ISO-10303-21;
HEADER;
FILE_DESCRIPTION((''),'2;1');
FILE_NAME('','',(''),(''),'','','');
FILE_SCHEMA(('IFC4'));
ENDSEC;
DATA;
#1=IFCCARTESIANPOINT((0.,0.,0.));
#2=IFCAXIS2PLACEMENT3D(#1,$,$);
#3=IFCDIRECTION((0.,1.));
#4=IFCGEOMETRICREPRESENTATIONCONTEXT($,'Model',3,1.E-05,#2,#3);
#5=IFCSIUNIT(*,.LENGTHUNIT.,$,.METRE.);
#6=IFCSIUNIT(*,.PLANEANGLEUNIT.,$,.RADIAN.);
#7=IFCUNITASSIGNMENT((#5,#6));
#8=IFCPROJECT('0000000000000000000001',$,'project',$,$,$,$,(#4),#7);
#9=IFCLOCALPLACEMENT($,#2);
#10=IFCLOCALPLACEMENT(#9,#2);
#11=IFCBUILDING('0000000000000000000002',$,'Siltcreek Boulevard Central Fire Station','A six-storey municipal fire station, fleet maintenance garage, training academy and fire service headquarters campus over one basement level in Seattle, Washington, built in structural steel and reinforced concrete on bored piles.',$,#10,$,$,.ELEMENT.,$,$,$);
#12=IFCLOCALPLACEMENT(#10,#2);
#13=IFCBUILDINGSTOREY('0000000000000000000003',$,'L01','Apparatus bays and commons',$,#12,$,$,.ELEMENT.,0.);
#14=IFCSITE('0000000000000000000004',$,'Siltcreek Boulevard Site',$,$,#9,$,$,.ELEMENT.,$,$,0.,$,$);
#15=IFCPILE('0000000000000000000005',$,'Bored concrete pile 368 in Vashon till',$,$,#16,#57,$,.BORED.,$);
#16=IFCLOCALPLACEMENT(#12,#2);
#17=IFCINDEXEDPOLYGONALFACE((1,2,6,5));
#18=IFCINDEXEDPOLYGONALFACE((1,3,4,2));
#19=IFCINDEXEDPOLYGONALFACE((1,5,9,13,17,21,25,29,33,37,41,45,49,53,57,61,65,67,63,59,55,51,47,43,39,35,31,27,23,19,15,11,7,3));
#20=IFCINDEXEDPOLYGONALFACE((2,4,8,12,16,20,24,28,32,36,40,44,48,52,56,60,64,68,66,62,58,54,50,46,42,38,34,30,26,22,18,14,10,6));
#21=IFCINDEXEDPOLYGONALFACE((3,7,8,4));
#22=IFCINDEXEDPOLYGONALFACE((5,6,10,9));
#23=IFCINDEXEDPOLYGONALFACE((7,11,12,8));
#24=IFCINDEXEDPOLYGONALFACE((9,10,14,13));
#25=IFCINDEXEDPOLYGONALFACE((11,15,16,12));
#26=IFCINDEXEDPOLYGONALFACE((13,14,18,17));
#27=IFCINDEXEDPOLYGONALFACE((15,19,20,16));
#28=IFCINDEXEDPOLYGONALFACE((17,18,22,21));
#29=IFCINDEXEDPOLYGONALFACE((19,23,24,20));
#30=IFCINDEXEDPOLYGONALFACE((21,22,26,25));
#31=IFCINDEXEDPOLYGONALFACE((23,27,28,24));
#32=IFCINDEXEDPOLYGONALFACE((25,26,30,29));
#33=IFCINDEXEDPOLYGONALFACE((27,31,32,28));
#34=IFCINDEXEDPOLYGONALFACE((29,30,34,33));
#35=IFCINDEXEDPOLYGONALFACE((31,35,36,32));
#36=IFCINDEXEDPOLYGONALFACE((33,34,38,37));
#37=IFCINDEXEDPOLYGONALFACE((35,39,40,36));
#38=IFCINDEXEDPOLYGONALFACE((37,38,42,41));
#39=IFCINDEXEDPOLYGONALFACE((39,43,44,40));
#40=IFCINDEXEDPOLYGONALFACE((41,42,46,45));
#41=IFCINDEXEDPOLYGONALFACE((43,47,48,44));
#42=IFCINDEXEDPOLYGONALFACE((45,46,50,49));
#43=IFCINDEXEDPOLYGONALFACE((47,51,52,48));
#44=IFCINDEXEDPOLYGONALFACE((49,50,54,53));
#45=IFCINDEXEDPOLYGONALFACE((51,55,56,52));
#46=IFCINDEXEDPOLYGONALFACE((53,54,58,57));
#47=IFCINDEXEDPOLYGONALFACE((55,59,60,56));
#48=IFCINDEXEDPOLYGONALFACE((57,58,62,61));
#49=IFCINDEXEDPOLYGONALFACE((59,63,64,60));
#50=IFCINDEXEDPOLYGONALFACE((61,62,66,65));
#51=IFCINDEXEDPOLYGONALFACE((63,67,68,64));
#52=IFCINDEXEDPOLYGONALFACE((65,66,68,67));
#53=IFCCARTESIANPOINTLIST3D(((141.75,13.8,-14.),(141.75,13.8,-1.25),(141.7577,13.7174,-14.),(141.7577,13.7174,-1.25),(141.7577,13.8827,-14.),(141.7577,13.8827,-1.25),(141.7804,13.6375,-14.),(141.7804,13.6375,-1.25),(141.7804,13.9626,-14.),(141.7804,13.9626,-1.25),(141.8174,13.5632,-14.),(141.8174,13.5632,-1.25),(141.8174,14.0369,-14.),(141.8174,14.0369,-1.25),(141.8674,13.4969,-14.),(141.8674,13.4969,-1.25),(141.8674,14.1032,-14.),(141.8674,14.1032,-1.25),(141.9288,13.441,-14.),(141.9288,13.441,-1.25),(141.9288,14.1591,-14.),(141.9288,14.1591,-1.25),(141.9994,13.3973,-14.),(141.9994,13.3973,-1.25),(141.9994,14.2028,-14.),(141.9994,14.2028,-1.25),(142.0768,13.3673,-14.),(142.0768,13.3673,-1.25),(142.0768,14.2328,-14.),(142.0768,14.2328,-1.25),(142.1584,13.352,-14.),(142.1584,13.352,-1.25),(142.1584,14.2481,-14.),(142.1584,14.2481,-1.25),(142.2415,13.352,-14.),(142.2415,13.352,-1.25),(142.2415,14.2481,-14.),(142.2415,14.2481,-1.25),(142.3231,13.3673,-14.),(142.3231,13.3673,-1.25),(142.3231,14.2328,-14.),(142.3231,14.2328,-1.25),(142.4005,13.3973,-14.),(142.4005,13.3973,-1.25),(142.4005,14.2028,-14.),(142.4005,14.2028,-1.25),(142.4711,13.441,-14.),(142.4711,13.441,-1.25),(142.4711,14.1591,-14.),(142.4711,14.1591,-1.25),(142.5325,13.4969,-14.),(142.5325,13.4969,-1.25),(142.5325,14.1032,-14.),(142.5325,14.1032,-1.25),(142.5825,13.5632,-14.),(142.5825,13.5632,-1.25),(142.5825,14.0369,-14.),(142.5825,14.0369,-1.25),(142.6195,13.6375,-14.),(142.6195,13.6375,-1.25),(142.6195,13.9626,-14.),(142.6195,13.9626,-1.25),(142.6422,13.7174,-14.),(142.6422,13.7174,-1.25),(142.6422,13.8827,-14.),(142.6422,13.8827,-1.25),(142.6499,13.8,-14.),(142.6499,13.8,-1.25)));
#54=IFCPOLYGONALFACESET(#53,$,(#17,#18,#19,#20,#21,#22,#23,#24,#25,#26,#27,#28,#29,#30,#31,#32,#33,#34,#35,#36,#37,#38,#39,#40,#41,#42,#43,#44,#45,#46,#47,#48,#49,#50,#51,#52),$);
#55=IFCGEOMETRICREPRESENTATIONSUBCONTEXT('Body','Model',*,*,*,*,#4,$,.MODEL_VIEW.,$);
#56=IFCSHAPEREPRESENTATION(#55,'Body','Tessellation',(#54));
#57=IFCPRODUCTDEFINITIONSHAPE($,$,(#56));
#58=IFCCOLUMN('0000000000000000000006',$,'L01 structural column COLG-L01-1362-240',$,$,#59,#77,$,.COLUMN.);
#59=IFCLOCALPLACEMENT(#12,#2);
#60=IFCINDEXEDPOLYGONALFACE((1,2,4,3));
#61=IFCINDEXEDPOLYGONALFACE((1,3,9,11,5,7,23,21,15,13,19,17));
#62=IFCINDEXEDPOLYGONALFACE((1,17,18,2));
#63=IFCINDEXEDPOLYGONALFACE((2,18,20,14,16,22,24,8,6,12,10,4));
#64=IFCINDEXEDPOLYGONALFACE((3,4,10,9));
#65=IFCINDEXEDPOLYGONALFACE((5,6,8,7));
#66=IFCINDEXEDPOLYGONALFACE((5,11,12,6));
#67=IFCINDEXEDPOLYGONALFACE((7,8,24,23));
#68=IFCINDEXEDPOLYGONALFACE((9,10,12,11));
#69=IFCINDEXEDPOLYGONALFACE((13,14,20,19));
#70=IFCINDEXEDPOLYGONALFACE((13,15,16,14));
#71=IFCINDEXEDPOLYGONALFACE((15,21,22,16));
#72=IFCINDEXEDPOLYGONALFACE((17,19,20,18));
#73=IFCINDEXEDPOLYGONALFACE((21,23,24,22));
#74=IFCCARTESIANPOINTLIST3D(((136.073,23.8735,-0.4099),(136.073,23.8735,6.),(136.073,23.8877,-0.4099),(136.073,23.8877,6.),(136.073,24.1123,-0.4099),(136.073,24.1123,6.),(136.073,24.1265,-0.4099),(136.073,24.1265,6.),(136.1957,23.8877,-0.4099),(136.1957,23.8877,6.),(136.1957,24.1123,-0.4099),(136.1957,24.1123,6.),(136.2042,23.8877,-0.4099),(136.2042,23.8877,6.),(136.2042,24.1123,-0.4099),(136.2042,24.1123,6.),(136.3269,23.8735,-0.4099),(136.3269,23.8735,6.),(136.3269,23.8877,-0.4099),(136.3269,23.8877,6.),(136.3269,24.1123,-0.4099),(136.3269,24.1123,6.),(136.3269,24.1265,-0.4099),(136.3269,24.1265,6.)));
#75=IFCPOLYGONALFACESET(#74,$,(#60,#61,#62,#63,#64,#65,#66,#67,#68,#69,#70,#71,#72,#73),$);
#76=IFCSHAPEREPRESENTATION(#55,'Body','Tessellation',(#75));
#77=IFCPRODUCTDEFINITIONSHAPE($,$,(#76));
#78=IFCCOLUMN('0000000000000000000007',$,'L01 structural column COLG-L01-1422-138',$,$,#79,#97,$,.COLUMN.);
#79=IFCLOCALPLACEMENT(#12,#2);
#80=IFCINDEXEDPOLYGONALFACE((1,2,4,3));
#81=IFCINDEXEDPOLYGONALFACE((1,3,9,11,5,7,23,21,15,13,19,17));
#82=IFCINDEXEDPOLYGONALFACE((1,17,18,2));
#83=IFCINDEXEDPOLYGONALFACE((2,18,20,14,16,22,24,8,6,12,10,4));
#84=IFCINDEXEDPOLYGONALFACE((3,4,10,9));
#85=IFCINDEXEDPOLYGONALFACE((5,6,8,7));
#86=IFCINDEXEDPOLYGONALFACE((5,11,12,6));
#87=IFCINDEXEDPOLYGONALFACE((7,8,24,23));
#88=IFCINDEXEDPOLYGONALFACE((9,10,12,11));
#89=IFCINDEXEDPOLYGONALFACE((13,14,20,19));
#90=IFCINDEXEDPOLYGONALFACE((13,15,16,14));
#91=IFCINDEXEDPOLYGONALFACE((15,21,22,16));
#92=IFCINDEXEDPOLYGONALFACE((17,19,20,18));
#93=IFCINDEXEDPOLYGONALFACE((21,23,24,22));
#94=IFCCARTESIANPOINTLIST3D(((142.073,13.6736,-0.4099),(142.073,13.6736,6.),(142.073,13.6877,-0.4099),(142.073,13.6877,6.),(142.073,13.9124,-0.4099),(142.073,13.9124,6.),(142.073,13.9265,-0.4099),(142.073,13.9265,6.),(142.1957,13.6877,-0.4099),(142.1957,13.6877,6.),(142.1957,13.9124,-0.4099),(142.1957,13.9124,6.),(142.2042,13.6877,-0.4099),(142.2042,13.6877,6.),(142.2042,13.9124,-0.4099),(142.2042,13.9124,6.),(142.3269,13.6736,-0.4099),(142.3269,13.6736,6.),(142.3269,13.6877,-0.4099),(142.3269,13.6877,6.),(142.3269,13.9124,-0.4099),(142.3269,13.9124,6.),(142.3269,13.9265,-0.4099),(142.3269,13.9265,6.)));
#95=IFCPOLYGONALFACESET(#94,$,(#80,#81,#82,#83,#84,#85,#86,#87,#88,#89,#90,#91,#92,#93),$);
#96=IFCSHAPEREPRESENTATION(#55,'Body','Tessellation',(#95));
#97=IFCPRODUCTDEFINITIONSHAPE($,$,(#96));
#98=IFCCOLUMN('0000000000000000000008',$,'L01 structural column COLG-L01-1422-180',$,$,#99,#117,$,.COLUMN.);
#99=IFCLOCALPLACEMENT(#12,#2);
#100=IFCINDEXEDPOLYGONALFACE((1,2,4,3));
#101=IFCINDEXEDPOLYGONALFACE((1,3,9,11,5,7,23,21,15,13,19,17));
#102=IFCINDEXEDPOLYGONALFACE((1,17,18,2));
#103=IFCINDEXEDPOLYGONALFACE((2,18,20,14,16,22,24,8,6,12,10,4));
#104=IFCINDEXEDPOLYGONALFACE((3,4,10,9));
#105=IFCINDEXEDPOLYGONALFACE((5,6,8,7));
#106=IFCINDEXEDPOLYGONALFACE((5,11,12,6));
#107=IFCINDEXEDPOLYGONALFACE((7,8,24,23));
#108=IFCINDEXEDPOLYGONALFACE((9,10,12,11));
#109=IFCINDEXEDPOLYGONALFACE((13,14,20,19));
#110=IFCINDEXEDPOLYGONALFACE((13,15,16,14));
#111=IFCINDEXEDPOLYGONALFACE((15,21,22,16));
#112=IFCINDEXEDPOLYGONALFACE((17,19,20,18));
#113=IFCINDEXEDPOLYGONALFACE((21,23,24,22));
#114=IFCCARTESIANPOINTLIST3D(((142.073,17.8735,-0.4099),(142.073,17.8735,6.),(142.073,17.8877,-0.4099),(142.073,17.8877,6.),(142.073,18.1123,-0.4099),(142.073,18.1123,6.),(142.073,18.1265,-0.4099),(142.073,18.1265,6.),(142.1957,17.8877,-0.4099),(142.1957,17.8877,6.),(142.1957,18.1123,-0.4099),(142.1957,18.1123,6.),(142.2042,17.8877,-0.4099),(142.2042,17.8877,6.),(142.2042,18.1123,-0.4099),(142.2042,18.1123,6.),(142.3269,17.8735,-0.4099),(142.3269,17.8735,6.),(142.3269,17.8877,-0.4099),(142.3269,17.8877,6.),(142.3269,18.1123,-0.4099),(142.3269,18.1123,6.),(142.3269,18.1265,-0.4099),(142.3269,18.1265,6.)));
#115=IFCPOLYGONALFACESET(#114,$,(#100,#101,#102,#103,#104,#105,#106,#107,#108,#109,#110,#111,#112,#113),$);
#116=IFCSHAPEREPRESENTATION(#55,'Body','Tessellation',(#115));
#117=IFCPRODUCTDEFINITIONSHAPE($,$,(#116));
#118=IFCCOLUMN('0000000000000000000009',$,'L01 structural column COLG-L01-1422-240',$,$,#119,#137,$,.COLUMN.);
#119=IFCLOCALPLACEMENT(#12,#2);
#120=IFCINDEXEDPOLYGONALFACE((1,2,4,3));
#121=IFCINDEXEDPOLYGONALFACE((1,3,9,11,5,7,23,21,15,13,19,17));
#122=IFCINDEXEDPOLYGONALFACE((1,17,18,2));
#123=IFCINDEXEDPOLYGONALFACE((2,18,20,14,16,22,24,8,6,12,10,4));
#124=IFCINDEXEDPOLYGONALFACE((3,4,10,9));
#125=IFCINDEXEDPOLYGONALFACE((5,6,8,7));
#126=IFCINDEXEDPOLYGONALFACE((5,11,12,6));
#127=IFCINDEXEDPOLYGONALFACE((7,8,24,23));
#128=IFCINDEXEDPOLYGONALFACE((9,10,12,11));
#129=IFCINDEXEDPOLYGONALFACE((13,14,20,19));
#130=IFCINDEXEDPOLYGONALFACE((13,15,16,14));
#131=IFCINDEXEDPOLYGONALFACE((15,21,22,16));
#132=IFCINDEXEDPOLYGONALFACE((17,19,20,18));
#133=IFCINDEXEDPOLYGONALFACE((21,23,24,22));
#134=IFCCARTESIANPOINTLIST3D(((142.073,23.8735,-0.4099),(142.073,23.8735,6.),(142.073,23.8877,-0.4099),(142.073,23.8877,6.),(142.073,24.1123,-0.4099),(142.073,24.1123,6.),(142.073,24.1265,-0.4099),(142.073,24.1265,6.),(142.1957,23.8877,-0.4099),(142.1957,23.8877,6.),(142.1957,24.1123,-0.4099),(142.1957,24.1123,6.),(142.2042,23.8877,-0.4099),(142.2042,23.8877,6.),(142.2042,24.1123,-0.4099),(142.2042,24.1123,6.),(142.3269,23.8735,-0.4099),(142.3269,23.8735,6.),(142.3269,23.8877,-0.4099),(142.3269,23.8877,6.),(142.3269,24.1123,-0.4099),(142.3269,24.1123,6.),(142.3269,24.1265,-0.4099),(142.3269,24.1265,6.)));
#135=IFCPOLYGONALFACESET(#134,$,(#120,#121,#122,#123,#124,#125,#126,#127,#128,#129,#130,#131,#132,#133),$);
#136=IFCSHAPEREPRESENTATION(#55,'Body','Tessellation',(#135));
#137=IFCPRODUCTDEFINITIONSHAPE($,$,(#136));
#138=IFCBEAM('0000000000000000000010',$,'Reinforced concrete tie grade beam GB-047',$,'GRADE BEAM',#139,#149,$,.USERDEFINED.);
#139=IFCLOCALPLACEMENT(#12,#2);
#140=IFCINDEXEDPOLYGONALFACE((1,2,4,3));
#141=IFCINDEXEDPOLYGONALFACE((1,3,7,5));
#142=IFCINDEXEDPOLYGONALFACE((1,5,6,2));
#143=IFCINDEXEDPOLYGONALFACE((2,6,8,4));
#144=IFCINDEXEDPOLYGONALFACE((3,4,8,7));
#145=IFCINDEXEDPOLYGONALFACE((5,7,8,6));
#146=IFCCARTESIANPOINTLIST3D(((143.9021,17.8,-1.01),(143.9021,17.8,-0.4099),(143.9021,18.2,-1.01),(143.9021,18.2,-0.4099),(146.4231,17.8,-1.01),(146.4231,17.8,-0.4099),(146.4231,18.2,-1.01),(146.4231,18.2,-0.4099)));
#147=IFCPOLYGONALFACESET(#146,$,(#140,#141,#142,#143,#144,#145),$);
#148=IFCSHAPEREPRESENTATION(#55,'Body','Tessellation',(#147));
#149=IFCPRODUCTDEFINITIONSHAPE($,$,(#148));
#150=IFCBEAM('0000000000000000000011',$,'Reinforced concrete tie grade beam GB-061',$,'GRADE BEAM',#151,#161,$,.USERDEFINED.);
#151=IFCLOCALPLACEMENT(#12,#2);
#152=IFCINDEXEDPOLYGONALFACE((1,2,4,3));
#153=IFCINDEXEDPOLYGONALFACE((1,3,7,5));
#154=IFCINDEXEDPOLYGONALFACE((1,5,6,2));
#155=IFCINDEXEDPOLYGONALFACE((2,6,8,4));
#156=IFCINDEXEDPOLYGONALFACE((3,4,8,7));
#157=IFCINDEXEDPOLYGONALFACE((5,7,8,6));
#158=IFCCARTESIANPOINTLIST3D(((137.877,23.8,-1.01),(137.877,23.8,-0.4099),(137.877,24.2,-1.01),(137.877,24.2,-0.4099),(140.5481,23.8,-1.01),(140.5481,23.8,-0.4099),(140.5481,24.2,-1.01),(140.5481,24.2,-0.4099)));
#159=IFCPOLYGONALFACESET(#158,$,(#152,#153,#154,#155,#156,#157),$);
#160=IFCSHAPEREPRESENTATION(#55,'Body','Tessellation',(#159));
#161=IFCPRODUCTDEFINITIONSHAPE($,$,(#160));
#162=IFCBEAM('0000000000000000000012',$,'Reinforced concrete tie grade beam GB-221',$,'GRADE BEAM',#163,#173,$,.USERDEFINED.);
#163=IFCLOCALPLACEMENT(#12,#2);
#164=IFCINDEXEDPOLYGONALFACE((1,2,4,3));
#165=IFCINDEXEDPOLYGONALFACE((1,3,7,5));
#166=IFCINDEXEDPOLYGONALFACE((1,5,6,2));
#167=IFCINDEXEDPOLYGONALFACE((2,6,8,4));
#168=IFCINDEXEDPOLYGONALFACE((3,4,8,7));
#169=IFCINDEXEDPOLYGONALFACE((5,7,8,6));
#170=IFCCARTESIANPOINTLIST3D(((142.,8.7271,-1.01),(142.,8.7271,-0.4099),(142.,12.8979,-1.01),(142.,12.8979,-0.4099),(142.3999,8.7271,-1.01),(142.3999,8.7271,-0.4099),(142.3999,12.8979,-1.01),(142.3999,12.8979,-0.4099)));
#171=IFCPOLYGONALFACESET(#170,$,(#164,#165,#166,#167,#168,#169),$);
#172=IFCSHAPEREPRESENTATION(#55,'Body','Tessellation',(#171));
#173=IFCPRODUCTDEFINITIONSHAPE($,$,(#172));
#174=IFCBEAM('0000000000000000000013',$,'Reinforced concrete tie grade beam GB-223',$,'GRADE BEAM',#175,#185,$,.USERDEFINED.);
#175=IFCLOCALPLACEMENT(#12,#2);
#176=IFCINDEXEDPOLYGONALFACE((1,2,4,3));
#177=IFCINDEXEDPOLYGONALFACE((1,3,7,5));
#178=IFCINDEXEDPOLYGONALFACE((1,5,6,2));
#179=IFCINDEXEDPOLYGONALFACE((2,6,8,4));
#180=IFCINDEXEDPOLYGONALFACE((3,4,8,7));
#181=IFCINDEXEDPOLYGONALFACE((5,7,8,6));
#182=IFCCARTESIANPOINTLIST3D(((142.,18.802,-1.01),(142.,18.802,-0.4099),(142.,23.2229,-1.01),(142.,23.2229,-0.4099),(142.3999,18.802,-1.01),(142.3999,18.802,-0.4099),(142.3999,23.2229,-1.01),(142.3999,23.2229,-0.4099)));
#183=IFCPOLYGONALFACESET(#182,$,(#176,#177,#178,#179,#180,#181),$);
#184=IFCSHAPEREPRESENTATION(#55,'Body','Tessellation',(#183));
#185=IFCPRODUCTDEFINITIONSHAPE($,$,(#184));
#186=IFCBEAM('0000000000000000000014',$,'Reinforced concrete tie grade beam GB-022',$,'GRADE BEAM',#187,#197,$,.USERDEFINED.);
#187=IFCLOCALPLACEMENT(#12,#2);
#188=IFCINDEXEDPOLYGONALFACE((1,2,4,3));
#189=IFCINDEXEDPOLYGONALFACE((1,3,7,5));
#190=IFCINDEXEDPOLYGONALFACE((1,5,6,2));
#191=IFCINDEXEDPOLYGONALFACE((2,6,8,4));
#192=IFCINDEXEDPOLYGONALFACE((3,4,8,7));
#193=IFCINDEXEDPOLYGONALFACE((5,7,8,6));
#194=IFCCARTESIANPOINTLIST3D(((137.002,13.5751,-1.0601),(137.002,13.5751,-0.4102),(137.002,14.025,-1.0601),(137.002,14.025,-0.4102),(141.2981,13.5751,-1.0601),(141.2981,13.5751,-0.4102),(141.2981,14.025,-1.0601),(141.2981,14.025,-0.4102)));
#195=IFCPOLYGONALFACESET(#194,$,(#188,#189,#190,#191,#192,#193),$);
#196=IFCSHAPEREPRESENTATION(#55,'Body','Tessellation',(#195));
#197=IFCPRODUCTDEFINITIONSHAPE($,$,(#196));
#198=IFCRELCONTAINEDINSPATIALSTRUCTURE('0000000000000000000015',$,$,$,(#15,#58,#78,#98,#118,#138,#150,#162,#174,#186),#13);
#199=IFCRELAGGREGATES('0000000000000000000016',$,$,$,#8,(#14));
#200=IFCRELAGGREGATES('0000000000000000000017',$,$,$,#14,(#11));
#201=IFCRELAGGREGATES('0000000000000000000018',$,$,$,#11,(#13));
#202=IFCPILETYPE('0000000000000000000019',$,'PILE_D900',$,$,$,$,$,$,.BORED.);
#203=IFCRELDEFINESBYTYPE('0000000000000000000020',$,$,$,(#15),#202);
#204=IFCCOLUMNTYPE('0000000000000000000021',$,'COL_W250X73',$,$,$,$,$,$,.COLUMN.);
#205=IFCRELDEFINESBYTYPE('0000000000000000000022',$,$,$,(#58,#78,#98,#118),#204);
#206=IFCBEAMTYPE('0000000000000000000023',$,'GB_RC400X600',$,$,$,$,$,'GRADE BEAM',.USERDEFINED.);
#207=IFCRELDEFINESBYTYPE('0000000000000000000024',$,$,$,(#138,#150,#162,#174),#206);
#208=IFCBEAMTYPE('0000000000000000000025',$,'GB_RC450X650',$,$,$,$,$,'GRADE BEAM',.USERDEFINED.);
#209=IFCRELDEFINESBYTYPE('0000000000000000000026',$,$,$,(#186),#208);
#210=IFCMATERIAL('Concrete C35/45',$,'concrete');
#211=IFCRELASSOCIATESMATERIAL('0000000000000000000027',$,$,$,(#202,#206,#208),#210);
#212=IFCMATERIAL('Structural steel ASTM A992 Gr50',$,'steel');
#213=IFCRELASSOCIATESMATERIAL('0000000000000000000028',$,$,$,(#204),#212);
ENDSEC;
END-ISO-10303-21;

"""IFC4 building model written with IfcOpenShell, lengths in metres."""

from ifc_helpers import new_model, si_unit, direction, frame, origin, origin_2d, place, context, subcontext, project, spatial, rectangle, circle, i_section, extrude, material, material_profile, profile_set, type_object, element, save


model = new_model("IFC4")

# Units and contexts
model_context = context("Model", 3, precision=1e-05, world=origin(), true_north=direction((0.0, 1.0)))
body_context = subcontext(model_context, "Body", "Model", "MODEL_VIEW")
ifc_project = project(units=[si_unit("LENGTHUNIT", "METRE"), si_unit("PLANEANGLEUNIT", "RADIAN")], contexts=[model_context])

# Site, building, storey
site_placement = place(None, origin())
site = spatial("IfcSite", under=ifc_project, at=site_placement, Name="Siltcreek Boulevard Site", CompositionType="ELEMENT", RefElevation=0.0)
building_placement = place(site_placement, origin())
building = spatial("IfcBuilding", under=site, at=building_placement, Name="Siltcreek Boulevard Central Fire Station", Description="A six-storey municipal fire station, fleet maintenance garage, training academy and fire service headquarters campus over one basement level in Seattle, Washington, built in structural steel and reinforced concrete on bored piles.", CompositionType="ELEMENT")
storey_placement = place(building_placement, origin())
storey = spatial("IfcBuildingStorey", under=building, at=storey_placement, Name="L01", Description="Apparatus bays and commons", CompositionType="ELEMENT", Elevation=0.0)

# Shared definitions
ifc_material_1 = material(Name="Concrete C35/45", Category="concrete")

# Pile
ifc_material_profile_1 = material_profile(ifc_material_1, circle(Radius=0.45, at=origin_2d()), Name="SHAFT900")
ifc_profile_set_1 = profile_set([ifc_material_profile_1], Name="Concrete C35/45")
pile_type_1 = type_object("IfcPileType", Name="PILE_D900", PredefinedType="BORED", material=ifc_profile_set_1)
pile_1_placement = place(storey_placement, frame((142.2, 13.8, -1.25), z_axis=(0.0, 0.0, -1.0), x_axis=(1.0, 0.0, 0.0)))
element("IfcPile", 1, at=pile_1_placement, inside=storey, type_object=pile_type_1, Name="Bored concrete pile 368 in Vashon till", PredefinedType="BORED", context=body_context, shape_type="SweptSolid", body=[
    extrude(circle(Radius=0.45, at=origin_2d()), origin(), (0.0, 0.0, 1.0), 12.75),
])

# Columns
ifc_material_2 = material(Name="Structural steel ASTM A992 Gr50", Category="steel")
ifc_material_profile_2 = material_profile(ifc_material_2, i_section(OverallWidth=0.2539, OverallDepth=0.2529, WebThickness=0.0085, FlangeThickness=0.0142, at=origin_2d()), Name="W250X73")
ifc_profile_set_2 = profile_set([ifc_material_profile_2], Name="Structural steel ASTM A992 Gr50")
column_type = type_object("IfcColumnType", Name="COL_W250X73", PredefinedType="COLUMN", material=ifc_profile_set_2)
for number, where, z_axis, x_axis, name in (
    (2, (136.2, 24.0, -0.4099), (0.0, 0.0, 1.0), (1.0, 0.0, 0.0), "L01 structural column COLG-L01-1362-240"),
    (3, (142.2, 13.8, -0.4099), (0.0, 0.0, 1.0), (1.0, 0.0, 0.0), "L01 structural column COLG-L01-1422-138"),
    (4, (142.2, 18.0, -0.4099), (0.0, 0.0, 1.0), (1.0, 0.0, 0.0), "L01 structural column COLG-L01-1422-180"),
    (5, (142.2, 24.0, -0.4099), (0.0, 0.0, 1.0), (1.0, 0.0, 0.0), "L01 structural column COLG-L01-1422-240"),
):
    element("IfcColumn", number, at=place(storey_placement, frame(where, z_axis=z_axis, x_axis=x_axis)), inside=storey, type_object=column_type, Name=name, PredefinedType="COLUMN", context=body_context, shape_type="SweptSolid", body=[
        extrude(i_section(OverallWidth=0.2539, OverallDepth=0.2529, WebThickness=0.0085, FlangeThickness=0.0142, at=origin_2d()), origin(), (0.0, 0.0, 1.0), 6.4099),
    ])

# Beams
ifc_material_profile_3 = material_profile(ifc_material_1, rectangle(XDim=0.3999, YDim=0.6001, at=origin_2d()), Name="RC400X600")
ifc_profile_set_3 = profile_set([ifc_material_profile_3], Name="Concrete C35/45")
beam_type_1 = type_object("IfcBeamType", Name="GB_RC400X600", ElementType="GRADE BEAM", PredefinedType="USERDEFINED", material=ifc_profile_set_3)
beam_1_placement = place(storey_placement, frame((143.9021, 18.0, -0.71), z_axis=(1.0, 0.0, 0.0), x_axis=(0.0, 1.0, 0.0)))
element("IfcBeam", 6, at=beam_1_placement, inside=storey, type_object=beam_type_1, Name="Reinforced concrete tie grade beam GB-047", ObjectType="GRADE BEAM", PredefinedType="USERDEFINED", context=body_context, shape_type="SweptSolid", body=[
    extrude(rectangle(XDim=0.3999, YDim=0.6001, at=origin_2d()), origin(), (0.0, 0.0, 1.0), 2.521),
])
beam_2_placement = place(storey_placement, frame((137.877, 24.0, -0.71), z_axis=(1.0, 0.0, 0.0), x_axis=(0.0, 1.0, 0.0)))
element("IfcBeam", 7, at=beam_2_placement, inside=storey, type_object=beam_type_1, Name="Reinforced concrete tie grade beam GB-061", ObjectType="GRADE BEAM", PredefinedType="USERDEFINED", context=body_context, shape_type="SweptSolid", body=[
    extrude(rectangle(XDim=0.3999, YDim=0.6001, at=origin_2d()), origin(), (0.0, 0.0, 1.0), 2.6711),
])
beam_3_placement = place(storey_placement, frame((142.2, 8.7271, -0.71), z_axis=(0.0, 1.0, 0.0), x_axis=(-1.0, 0.0, 0.0)))
element("IfcBeam", 8, at=beam_3_placement, inside=storey, type_object=beam_type_1, Name="Reinforced concrete tie grade beam GB-221", ObjectType="GRADE BEAM", PredefinedType="USERDEFINED", context=body_context, shape_type="SweptSolid", body=[
    extrude(rectangle(XDim=0.3999, YDim=0.6001, at=origin_2d()), origin(), (0.0, 0.0, 1.0), 4.1709),
])
beam_4_placement = place(storey_placement, frame((142.2, 18.802, -0.71), z_axis=(0.0, 1.0, 0.0), x_axis=(-1.0, 0.0, 0.0)))
element("IfcBeam", 9, at=beam_4_placement, inside=storey, type_object=beam_type_1, Name="Reinforced concrete tie grade beam GB-223", ObjectType="GRADE BEAM", PredefinedType="USERDEFINED", context=body_context, shape_type="SweptSolid", body=[
    extrude(rectangle(XDim=0.3999, YDim=0.6001, at=origin_2d()), origin(), (0.0, 0.0, 1.0), 4.4209),
])
ifc_material_profile_4 = material_profile(ifc_material_1, rectangle(XDim=0.45, YDim=0.6499, at=origin_2d()), Name="RC450X650")
ifc_profile_set_4 = profile_set([ifc_material_profile_4], Name="Concrete C35/45")
beam_type_2 = type_object("IfcBeamType", Name="GB_RC450X650", ElementType="GRADE BEAM", PredefinedType="USERDEFINED", material=ifc_profile_set_4)
beam_5_placement = place(storey_placement, frame((137.002, 13.8, -0.7351), z_axis=(1.0, 0.0, 0.0), x_axis=(0.0, 1.0, 0.0)))
element("IfcBeam", 10, at=beam_5_placement, inside=storey, type_object=beam_type_2, Name="Reinforced concrete tie grade beam GB-022", ObjectType="GRADE BEAM", PredefinedType="USERDEFINED", context=body_context, shape_type="SweptSolid", body=[
    extrude(rectangle(XDim=0.45, YDim=0.6499, at=origin_2d()), origin(), (0.0, 0.0, 1.0), 4.2961),
])

save(model, "model.ifc")
